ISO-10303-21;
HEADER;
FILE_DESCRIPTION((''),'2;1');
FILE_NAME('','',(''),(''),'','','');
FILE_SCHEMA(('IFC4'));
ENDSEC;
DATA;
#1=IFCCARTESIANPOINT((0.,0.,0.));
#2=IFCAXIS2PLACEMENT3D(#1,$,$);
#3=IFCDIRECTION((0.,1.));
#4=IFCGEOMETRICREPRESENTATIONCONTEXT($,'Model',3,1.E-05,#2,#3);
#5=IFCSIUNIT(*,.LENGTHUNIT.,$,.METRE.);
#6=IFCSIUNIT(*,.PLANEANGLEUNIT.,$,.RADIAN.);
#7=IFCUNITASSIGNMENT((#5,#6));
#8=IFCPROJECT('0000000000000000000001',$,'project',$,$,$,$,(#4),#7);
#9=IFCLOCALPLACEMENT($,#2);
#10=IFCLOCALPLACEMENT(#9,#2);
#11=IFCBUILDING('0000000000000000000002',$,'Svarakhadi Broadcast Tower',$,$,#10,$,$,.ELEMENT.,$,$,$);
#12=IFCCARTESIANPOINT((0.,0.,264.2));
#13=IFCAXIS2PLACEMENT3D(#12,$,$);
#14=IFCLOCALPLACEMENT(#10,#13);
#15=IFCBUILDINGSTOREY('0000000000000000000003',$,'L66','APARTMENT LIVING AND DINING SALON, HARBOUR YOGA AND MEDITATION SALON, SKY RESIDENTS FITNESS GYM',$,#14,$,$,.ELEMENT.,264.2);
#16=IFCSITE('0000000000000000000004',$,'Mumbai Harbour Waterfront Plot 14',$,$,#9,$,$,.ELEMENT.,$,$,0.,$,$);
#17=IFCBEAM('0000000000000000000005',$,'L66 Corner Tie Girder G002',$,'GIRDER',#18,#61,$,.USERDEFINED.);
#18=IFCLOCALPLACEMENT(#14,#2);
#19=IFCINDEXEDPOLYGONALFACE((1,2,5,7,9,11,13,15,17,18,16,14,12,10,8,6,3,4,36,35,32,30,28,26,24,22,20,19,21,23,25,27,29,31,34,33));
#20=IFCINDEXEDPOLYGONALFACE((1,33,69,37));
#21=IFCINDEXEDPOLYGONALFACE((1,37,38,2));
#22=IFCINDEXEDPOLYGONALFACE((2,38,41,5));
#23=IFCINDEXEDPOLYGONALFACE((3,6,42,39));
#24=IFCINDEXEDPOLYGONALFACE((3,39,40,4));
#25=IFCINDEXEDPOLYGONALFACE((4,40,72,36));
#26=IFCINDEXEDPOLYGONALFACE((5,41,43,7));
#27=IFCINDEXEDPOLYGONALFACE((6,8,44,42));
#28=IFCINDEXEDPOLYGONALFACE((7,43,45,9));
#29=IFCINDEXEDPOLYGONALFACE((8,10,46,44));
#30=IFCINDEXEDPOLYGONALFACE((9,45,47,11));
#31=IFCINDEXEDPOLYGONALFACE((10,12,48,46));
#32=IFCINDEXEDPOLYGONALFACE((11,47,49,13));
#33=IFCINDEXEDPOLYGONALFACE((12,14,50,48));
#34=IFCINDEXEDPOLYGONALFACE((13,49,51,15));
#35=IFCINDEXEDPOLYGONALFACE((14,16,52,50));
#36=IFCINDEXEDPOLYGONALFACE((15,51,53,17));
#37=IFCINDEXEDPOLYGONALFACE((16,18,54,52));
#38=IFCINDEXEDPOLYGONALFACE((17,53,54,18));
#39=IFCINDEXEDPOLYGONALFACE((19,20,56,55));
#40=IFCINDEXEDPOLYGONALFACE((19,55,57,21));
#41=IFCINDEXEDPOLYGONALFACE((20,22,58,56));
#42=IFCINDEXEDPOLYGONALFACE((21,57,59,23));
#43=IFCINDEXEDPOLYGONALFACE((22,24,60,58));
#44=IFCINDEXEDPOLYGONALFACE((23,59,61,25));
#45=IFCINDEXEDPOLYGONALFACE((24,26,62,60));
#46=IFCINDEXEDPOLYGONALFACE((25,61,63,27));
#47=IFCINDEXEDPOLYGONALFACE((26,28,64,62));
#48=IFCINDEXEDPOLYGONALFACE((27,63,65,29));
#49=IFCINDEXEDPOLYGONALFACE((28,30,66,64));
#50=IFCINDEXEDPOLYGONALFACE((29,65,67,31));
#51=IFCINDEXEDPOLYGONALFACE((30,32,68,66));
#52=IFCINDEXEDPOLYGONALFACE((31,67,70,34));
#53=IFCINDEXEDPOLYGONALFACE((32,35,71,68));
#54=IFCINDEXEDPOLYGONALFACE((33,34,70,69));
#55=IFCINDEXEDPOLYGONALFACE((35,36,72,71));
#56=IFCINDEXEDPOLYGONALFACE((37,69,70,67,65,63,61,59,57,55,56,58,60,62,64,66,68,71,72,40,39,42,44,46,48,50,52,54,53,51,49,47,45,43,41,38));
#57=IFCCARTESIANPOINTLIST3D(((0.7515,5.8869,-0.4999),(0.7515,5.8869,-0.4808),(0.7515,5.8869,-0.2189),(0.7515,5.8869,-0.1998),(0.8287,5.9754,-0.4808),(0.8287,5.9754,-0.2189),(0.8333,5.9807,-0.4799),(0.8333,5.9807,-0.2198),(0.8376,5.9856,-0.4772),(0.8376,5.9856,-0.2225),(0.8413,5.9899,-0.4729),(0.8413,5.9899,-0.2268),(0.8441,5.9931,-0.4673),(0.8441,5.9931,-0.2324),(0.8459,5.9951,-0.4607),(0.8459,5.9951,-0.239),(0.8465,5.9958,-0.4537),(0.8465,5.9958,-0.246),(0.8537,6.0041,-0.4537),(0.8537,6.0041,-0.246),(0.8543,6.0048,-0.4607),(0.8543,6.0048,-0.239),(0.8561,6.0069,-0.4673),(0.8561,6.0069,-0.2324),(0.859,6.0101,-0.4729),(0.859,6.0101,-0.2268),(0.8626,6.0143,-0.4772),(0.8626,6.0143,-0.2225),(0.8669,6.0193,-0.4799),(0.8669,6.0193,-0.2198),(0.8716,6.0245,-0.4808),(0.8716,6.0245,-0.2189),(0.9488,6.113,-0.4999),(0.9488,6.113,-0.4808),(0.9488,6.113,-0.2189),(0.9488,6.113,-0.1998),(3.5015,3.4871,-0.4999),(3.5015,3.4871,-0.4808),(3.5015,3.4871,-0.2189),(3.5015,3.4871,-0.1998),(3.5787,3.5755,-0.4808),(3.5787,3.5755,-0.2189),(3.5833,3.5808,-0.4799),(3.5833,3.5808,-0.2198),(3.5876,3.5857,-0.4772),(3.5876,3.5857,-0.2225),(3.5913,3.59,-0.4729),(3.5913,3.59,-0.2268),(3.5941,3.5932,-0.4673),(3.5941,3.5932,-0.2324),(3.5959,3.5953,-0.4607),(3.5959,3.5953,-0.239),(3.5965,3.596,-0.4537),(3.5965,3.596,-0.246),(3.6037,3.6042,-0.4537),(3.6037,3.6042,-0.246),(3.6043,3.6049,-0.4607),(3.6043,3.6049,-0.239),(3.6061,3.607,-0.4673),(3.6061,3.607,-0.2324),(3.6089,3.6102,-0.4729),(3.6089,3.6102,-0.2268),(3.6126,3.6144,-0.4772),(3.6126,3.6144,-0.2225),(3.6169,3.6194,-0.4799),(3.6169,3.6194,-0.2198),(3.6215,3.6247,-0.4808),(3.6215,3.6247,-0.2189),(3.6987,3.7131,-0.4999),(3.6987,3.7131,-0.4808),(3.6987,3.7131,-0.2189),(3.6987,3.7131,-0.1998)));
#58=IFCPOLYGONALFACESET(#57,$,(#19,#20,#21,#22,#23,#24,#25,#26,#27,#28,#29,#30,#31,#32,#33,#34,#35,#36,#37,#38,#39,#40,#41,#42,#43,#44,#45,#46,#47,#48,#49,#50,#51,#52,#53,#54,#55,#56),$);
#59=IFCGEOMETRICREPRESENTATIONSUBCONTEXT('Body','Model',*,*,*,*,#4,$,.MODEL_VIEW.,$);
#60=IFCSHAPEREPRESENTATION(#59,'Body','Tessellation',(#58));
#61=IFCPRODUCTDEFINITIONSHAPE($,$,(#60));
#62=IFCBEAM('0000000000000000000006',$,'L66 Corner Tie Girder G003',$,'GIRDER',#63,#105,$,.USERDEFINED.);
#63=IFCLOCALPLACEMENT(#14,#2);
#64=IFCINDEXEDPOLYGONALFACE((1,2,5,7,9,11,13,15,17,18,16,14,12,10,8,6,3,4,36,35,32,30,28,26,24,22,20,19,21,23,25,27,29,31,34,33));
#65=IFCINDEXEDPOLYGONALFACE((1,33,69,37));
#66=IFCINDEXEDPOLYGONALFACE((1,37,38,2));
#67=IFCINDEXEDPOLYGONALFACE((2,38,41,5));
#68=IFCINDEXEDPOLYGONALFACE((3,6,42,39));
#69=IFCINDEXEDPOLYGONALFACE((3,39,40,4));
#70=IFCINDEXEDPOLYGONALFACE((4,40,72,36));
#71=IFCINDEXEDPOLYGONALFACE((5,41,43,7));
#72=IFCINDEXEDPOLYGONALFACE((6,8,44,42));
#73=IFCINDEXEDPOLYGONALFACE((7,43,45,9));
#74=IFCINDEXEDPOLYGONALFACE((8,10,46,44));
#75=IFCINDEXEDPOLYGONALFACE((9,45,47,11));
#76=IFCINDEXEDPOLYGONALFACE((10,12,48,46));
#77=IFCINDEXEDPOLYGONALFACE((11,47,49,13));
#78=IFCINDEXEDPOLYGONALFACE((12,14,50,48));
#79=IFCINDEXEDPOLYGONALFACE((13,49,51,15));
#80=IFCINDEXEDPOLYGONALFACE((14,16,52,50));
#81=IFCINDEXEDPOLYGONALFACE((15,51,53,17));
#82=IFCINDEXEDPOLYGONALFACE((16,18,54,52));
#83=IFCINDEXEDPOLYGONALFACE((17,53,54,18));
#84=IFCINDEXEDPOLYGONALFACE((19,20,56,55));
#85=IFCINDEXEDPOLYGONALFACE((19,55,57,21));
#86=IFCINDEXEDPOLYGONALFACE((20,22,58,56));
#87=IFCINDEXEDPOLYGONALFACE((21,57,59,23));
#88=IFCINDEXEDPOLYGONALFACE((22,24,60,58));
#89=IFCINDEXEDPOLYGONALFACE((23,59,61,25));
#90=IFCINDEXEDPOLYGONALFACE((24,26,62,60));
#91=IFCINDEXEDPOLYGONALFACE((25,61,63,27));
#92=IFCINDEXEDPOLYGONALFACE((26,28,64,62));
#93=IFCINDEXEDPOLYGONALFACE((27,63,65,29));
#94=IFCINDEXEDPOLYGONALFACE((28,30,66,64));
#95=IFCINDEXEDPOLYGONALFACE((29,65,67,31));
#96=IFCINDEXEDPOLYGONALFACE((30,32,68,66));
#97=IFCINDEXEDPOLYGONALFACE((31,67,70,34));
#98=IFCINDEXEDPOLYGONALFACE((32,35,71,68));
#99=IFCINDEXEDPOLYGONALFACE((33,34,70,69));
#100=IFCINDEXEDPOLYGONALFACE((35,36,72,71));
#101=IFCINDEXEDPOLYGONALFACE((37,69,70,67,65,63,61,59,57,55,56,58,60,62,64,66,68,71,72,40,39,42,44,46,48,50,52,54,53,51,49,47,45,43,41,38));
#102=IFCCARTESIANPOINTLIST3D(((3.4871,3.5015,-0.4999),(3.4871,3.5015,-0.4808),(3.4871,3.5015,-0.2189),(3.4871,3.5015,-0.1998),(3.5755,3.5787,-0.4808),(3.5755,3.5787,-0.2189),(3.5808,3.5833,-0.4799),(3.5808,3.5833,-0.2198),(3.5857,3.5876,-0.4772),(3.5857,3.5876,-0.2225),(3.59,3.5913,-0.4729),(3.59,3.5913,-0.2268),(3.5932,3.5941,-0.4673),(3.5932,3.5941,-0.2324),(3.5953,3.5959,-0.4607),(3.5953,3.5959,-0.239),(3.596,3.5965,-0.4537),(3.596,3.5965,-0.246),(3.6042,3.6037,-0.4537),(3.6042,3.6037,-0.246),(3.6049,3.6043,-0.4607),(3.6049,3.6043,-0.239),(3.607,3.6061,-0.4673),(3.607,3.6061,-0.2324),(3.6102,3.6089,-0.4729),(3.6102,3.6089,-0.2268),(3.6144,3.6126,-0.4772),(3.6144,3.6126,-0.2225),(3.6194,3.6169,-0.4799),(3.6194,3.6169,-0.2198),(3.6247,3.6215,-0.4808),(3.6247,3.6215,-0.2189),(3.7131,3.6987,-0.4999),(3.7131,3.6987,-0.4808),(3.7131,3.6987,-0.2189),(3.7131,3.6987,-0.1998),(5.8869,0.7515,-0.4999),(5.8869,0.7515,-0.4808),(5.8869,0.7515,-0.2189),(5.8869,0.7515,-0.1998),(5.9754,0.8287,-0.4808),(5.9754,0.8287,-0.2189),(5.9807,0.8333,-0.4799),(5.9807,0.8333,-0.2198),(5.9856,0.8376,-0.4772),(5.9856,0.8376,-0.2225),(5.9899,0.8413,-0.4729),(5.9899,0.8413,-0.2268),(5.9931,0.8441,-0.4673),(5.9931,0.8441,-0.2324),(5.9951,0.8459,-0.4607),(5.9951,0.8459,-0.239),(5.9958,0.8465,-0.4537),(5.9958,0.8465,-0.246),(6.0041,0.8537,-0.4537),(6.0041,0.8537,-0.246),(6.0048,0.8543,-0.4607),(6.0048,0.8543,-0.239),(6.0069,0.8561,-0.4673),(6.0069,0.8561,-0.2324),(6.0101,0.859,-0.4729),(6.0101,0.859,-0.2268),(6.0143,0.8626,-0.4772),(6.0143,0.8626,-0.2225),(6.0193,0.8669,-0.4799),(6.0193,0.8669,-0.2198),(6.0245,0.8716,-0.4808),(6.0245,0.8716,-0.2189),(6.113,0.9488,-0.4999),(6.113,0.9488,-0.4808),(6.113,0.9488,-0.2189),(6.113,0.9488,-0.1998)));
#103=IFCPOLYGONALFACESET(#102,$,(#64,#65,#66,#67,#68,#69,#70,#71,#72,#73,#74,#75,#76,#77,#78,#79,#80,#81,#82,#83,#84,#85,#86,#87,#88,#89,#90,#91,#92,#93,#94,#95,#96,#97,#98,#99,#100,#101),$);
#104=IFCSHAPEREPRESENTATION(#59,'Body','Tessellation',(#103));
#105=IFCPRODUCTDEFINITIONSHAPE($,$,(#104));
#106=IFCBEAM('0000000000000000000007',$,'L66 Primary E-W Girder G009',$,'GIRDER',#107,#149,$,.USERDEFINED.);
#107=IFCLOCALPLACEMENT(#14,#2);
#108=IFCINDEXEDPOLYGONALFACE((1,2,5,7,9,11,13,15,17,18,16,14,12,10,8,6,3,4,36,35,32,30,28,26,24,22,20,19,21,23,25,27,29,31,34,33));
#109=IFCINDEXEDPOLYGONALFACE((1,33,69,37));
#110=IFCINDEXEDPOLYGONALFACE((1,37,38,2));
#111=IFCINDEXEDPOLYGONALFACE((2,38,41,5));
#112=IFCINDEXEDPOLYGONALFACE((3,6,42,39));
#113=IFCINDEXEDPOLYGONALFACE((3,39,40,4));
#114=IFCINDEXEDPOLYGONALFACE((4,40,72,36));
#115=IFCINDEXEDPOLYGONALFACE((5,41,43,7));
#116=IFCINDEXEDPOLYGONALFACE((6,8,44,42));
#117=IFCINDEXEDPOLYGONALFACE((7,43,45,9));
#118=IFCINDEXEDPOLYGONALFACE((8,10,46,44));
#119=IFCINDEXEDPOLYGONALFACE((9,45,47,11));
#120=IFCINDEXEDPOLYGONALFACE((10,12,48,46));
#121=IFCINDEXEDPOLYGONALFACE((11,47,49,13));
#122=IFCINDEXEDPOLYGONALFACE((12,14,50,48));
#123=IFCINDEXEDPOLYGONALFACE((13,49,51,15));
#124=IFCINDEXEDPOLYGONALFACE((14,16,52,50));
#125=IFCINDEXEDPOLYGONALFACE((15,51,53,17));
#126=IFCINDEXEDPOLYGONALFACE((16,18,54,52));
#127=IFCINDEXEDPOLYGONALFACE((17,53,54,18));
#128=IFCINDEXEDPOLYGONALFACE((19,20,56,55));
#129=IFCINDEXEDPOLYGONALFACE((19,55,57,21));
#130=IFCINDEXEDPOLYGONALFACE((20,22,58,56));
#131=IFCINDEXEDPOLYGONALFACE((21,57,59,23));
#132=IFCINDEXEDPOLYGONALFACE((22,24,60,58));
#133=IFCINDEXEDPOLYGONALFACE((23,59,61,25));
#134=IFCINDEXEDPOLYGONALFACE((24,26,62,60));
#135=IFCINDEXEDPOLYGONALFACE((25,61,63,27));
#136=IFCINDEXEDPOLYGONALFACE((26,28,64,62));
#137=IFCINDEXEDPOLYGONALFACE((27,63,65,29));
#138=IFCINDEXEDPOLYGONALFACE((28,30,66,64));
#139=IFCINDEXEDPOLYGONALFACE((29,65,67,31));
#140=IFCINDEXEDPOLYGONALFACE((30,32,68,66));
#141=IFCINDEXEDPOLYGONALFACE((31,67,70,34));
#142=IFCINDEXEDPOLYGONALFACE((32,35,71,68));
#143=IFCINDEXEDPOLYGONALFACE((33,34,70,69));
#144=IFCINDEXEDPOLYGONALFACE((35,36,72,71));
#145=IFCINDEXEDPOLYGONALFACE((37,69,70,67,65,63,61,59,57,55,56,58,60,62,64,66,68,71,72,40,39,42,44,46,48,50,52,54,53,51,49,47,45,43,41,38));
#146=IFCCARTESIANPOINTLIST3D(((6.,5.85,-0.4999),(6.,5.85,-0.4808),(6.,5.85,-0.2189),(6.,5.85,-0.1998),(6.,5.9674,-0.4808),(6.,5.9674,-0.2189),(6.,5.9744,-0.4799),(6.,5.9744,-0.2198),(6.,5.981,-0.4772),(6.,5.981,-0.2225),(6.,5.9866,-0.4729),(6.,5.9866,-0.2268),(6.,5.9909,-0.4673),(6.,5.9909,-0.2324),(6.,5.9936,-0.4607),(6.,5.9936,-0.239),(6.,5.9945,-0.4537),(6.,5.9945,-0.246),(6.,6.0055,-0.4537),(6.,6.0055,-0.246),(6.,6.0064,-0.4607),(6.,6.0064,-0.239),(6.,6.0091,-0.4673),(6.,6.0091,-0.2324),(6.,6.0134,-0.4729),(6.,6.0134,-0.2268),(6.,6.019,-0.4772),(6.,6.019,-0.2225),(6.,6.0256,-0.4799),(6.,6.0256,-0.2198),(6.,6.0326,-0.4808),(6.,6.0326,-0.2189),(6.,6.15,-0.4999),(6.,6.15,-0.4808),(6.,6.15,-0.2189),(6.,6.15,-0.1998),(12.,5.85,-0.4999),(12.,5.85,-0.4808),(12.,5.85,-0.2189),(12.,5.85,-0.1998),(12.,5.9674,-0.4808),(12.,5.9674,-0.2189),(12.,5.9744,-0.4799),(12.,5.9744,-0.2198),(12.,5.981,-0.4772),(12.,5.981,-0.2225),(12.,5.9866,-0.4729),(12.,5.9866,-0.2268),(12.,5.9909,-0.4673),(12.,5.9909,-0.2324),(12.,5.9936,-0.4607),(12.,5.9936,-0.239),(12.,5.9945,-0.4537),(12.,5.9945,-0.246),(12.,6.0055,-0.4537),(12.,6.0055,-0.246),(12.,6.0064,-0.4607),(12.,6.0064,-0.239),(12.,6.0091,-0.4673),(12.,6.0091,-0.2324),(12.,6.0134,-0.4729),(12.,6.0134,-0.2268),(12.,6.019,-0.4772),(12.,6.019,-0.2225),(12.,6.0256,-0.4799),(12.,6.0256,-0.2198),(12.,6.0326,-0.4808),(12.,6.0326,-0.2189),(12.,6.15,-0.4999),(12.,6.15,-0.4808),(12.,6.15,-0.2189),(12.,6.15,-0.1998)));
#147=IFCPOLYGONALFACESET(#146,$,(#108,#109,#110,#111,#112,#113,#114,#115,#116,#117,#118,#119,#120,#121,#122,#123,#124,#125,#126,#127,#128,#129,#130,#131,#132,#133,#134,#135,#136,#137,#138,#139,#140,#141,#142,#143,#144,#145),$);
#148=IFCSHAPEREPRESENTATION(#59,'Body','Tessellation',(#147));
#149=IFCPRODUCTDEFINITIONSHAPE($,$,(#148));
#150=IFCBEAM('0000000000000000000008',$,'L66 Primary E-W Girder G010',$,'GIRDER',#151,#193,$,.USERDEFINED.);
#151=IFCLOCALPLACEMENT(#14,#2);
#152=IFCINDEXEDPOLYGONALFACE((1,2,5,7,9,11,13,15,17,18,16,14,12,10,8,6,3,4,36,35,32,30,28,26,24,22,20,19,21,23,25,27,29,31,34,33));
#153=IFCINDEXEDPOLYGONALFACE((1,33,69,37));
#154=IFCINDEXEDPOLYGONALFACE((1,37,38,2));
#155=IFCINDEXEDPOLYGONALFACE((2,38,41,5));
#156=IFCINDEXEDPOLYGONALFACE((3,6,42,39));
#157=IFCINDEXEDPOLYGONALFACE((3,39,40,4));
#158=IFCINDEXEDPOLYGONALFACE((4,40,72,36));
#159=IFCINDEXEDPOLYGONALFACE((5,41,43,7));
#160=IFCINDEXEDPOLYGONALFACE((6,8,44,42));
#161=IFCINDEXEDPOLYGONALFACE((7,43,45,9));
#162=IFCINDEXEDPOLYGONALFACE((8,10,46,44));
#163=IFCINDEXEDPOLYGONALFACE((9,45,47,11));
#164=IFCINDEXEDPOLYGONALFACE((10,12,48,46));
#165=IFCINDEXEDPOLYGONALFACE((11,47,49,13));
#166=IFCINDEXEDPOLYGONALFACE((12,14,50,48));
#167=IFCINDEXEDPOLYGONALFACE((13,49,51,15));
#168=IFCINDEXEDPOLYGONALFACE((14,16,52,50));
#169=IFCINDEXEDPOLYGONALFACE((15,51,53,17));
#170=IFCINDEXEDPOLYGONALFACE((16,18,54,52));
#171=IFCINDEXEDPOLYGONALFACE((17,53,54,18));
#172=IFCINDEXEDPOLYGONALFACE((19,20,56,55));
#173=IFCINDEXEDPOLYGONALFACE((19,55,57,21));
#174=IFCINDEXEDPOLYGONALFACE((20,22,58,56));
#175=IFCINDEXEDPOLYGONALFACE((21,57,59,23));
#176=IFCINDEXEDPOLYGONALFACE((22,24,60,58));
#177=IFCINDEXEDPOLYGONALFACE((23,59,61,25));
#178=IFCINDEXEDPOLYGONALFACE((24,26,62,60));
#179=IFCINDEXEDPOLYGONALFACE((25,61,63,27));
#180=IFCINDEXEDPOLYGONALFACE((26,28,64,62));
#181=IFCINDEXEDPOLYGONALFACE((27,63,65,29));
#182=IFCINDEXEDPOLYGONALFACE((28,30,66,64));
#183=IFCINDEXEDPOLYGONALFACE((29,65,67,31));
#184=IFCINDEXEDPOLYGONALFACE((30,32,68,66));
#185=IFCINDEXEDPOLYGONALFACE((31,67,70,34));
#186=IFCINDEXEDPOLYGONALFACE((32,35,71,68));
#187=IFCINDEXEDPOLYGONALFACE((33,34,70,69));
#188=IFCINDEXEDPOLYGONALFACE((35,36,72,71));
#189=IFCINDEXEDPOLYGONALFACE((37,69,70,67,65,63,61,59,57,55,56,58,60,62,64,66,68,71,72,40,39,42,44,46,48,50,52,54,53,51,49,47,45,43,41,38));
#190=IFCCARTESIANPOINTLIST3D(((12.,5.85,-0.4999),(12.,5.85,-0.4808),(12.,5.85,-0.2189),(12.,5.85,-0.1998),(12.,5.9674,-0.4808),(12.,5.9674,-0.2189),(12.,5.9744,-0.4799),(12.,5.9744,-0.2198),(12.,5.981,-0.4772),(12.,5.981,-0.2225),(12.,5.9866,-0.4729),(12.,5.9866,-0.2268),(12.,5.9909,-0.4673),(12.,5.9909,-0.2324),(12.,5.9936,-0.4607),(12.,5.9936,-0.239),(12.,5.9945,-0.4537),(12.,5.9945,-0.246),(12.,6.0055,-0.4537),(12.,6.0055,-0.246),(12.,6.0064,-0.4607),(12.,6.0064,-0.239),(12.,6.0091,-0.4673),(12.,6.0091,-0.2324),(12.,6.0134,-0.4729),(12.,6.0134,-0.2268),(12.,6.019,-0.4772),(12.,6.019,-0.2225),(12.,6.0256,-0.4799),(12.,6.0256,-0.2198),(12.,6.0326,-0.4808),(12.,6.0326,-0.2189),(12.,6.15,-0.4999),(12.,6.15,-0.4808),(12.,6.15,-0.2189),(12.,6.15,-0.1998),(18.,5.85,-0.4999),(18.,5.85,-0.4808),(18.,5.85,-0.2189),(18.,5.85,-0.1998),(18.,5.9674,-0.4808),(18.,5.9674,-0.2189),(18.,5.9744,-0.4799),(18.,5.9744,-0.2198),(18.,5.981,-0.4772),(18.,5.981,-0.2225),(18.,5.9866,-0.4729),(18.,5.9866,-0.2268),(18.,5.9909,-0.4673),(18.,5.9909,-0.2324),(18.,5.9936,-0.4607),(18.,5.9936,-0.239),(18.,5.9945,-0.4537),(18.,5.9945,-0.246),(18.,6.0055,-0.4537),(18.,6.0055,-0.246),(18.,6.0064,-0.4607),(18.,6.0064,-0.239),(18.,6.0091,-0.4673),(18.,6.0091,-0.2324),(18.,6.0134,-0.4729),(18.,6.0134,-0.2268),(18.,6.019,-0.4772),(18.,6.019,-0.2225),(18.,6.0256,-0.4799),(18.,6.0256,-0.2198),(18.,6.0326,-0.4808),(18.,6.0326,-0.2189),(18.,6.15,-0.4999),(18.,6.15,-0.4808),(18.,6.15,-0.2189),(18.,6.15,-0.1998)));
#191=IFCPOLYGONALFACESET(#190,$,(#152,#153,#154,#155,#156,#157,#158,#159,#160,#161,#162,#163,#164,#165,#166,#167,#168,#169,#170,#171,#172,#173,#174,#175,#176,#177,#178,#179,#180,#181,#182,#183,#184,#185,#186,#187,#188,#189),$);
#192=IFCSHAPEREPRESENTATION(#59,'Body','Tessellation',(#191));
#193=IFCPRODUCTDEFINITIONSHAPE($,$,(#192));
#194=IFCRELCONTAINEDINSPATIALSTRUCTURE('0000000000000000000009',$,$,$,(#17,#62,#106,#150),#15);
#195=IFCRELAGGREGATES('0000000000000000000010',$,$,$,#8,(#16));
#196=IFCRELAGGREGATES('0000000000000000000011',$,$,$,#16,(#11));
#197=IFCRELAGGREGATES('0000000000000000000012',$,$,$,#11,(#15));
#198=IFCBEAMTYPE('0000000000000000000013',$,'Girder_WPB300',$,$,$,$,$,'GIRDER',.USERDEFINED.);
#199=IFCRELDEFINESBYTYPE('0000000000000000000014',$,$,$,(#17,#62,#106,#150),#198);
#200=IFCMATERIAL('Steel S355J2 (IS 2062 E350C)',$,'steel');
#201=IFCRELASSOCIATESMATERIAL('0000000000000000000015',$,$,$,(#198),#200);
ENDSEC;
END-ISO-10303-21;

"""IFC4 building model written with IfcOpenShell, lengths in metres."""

from ifc_helpers import new_model, si_unit, direction, frame, origin, origin_2d, place, context, subcontext, project, spatial, i_section, extrude, material, material_profile, profile_set, type_object, element, save


model = new_model("IFC4")

# Units and contexts
model_context = context("Model", 3, precision=1e-05, world=origin(), true_north=direction((0.0, 1.0)))
body_context = subcontext(model_context, "Body", "Model", "MODEL_VIEW")
ifc_project = project(units=[si_unit("LENGTHUNIT", "METRE"), si_unit("PLANEANGLEUNIT", "RADIAN")], contexts=[model_context])

# Site, building, storey
site_placement = place(None, origin())
site = spatial("IfcSite", under=ifc_project, at=site_placement, Name="Mumbai Harbour Waterfront Plot 14", CompositionType="ELEMENT", RefElevation=0.0)
building_placement = place(site_placement, origin())
building = spatial("IfcBuilding", under=site, at=building_placement, Name="Svarakhadi Broadcast Tower", CompositionType="ELEMENT")
storey_placement = place(building_placement, frame((0.0, 0.0, 264.2)))
storey = spatial("IfcBuildingStorey", under=building, at=storey_placement, Name="L66", Description="APARTMENT LIVING AND DINING SALON, HARBOUR YOGA AND MEDITATION SALON, SKY RESIDENTS FITNESS GYM", CompositionType="ELEMENT", Elevation=264.2)

# Beams
ifc_material_1 = material(Name="Steel S355J2 (IS 2062 E350C)", Category="steel")
ifc_material_profile_1 = material_profile(ifc_material_1, i_section(OverallWidth=0.3, OverallDepth=0.3, WebThickness=0.011, FlangeThickness=0.019, FilletRadius=0.0271, at=origin_2d()), Name="WPB 300x300x117")
ifc_profile_set_1 = profile_set([ifc_material_profile_1], Name="Steel S355J2 (IS 2062 E350C)")
beam_type_1 = type_object("IfcBeamType", Name="Girder_WPB300", ElementType="GIRDER", PredefinedType="USERDEFINED", material=ifc_profile_set_1)
for number, where, z_axis, x_axis, name in (
    (1, (3.6001, 3.6001, -0.3499), (-0.753438, 0.657519, 0.0), (-0.657519, -0.753438, 0.0), "L66 Corner Tie Girder G002"),
    (2, (3.6001, 3.6001, -0.3499), (0.657519, -0.753438, 0.0), (0.753438, 0.657519, 0.0), "L66 Corner Tie Girder G003"),
):
    element("IfcBeam", number, at=place(storey_placement, frame(where, z_axis=z_axis, x_axis=x_axis)), inside=storey, type_object=beam_type_1, Name=name, ObjectType="GIRDER", PredefinedType="USERDEFINED", context=body_context, shape_type="SweptSolid", body=[
        extrude(i_section(OverallWidth=0.3, OverallDepth=0.3, WebThickness=0.011, FlangeThickness=0.019, FilletRadius=0.0271, at=origin_2d()), origin(), (0.0, 0.0, 1.0), 3.6499),
    ])
for number, where, z_axis, x_axis, name in (
    (3, (6.0, 6.0, -0.3499), (1.0, 0.0, 0.0), (0.0, 1.0, 0.0), "L66 Primary E-W Girder G009"),
    (4, (12.0, 6.0, -0.3499), (1.0, 0.0, 0.0), (0.0, 1.0, 0.0), "L66 Primary E-W Girder G010"),
):
    element("IfcBeam", number, at=place(storey_placement, frame(where, z_axis=z_axis, x_axis=x_axis)), inside=storey, type_object=beam_type_1, Name=name, ObjectType="GIRDER", PredefinedType="USERDEFINED", context=body_context, shape_type="SweptSolid", body=[
        extrude(i_section(OverallWidth=0.3, OverallDepth=0.3, WebThickness=0.011, FlangeThickness=0.019, FilletRadius=0.0271, at=origin_2d()), origin(), (0.0, 0.0, 1.0), 6.0),
    ])

save(model, "model.ifc")
